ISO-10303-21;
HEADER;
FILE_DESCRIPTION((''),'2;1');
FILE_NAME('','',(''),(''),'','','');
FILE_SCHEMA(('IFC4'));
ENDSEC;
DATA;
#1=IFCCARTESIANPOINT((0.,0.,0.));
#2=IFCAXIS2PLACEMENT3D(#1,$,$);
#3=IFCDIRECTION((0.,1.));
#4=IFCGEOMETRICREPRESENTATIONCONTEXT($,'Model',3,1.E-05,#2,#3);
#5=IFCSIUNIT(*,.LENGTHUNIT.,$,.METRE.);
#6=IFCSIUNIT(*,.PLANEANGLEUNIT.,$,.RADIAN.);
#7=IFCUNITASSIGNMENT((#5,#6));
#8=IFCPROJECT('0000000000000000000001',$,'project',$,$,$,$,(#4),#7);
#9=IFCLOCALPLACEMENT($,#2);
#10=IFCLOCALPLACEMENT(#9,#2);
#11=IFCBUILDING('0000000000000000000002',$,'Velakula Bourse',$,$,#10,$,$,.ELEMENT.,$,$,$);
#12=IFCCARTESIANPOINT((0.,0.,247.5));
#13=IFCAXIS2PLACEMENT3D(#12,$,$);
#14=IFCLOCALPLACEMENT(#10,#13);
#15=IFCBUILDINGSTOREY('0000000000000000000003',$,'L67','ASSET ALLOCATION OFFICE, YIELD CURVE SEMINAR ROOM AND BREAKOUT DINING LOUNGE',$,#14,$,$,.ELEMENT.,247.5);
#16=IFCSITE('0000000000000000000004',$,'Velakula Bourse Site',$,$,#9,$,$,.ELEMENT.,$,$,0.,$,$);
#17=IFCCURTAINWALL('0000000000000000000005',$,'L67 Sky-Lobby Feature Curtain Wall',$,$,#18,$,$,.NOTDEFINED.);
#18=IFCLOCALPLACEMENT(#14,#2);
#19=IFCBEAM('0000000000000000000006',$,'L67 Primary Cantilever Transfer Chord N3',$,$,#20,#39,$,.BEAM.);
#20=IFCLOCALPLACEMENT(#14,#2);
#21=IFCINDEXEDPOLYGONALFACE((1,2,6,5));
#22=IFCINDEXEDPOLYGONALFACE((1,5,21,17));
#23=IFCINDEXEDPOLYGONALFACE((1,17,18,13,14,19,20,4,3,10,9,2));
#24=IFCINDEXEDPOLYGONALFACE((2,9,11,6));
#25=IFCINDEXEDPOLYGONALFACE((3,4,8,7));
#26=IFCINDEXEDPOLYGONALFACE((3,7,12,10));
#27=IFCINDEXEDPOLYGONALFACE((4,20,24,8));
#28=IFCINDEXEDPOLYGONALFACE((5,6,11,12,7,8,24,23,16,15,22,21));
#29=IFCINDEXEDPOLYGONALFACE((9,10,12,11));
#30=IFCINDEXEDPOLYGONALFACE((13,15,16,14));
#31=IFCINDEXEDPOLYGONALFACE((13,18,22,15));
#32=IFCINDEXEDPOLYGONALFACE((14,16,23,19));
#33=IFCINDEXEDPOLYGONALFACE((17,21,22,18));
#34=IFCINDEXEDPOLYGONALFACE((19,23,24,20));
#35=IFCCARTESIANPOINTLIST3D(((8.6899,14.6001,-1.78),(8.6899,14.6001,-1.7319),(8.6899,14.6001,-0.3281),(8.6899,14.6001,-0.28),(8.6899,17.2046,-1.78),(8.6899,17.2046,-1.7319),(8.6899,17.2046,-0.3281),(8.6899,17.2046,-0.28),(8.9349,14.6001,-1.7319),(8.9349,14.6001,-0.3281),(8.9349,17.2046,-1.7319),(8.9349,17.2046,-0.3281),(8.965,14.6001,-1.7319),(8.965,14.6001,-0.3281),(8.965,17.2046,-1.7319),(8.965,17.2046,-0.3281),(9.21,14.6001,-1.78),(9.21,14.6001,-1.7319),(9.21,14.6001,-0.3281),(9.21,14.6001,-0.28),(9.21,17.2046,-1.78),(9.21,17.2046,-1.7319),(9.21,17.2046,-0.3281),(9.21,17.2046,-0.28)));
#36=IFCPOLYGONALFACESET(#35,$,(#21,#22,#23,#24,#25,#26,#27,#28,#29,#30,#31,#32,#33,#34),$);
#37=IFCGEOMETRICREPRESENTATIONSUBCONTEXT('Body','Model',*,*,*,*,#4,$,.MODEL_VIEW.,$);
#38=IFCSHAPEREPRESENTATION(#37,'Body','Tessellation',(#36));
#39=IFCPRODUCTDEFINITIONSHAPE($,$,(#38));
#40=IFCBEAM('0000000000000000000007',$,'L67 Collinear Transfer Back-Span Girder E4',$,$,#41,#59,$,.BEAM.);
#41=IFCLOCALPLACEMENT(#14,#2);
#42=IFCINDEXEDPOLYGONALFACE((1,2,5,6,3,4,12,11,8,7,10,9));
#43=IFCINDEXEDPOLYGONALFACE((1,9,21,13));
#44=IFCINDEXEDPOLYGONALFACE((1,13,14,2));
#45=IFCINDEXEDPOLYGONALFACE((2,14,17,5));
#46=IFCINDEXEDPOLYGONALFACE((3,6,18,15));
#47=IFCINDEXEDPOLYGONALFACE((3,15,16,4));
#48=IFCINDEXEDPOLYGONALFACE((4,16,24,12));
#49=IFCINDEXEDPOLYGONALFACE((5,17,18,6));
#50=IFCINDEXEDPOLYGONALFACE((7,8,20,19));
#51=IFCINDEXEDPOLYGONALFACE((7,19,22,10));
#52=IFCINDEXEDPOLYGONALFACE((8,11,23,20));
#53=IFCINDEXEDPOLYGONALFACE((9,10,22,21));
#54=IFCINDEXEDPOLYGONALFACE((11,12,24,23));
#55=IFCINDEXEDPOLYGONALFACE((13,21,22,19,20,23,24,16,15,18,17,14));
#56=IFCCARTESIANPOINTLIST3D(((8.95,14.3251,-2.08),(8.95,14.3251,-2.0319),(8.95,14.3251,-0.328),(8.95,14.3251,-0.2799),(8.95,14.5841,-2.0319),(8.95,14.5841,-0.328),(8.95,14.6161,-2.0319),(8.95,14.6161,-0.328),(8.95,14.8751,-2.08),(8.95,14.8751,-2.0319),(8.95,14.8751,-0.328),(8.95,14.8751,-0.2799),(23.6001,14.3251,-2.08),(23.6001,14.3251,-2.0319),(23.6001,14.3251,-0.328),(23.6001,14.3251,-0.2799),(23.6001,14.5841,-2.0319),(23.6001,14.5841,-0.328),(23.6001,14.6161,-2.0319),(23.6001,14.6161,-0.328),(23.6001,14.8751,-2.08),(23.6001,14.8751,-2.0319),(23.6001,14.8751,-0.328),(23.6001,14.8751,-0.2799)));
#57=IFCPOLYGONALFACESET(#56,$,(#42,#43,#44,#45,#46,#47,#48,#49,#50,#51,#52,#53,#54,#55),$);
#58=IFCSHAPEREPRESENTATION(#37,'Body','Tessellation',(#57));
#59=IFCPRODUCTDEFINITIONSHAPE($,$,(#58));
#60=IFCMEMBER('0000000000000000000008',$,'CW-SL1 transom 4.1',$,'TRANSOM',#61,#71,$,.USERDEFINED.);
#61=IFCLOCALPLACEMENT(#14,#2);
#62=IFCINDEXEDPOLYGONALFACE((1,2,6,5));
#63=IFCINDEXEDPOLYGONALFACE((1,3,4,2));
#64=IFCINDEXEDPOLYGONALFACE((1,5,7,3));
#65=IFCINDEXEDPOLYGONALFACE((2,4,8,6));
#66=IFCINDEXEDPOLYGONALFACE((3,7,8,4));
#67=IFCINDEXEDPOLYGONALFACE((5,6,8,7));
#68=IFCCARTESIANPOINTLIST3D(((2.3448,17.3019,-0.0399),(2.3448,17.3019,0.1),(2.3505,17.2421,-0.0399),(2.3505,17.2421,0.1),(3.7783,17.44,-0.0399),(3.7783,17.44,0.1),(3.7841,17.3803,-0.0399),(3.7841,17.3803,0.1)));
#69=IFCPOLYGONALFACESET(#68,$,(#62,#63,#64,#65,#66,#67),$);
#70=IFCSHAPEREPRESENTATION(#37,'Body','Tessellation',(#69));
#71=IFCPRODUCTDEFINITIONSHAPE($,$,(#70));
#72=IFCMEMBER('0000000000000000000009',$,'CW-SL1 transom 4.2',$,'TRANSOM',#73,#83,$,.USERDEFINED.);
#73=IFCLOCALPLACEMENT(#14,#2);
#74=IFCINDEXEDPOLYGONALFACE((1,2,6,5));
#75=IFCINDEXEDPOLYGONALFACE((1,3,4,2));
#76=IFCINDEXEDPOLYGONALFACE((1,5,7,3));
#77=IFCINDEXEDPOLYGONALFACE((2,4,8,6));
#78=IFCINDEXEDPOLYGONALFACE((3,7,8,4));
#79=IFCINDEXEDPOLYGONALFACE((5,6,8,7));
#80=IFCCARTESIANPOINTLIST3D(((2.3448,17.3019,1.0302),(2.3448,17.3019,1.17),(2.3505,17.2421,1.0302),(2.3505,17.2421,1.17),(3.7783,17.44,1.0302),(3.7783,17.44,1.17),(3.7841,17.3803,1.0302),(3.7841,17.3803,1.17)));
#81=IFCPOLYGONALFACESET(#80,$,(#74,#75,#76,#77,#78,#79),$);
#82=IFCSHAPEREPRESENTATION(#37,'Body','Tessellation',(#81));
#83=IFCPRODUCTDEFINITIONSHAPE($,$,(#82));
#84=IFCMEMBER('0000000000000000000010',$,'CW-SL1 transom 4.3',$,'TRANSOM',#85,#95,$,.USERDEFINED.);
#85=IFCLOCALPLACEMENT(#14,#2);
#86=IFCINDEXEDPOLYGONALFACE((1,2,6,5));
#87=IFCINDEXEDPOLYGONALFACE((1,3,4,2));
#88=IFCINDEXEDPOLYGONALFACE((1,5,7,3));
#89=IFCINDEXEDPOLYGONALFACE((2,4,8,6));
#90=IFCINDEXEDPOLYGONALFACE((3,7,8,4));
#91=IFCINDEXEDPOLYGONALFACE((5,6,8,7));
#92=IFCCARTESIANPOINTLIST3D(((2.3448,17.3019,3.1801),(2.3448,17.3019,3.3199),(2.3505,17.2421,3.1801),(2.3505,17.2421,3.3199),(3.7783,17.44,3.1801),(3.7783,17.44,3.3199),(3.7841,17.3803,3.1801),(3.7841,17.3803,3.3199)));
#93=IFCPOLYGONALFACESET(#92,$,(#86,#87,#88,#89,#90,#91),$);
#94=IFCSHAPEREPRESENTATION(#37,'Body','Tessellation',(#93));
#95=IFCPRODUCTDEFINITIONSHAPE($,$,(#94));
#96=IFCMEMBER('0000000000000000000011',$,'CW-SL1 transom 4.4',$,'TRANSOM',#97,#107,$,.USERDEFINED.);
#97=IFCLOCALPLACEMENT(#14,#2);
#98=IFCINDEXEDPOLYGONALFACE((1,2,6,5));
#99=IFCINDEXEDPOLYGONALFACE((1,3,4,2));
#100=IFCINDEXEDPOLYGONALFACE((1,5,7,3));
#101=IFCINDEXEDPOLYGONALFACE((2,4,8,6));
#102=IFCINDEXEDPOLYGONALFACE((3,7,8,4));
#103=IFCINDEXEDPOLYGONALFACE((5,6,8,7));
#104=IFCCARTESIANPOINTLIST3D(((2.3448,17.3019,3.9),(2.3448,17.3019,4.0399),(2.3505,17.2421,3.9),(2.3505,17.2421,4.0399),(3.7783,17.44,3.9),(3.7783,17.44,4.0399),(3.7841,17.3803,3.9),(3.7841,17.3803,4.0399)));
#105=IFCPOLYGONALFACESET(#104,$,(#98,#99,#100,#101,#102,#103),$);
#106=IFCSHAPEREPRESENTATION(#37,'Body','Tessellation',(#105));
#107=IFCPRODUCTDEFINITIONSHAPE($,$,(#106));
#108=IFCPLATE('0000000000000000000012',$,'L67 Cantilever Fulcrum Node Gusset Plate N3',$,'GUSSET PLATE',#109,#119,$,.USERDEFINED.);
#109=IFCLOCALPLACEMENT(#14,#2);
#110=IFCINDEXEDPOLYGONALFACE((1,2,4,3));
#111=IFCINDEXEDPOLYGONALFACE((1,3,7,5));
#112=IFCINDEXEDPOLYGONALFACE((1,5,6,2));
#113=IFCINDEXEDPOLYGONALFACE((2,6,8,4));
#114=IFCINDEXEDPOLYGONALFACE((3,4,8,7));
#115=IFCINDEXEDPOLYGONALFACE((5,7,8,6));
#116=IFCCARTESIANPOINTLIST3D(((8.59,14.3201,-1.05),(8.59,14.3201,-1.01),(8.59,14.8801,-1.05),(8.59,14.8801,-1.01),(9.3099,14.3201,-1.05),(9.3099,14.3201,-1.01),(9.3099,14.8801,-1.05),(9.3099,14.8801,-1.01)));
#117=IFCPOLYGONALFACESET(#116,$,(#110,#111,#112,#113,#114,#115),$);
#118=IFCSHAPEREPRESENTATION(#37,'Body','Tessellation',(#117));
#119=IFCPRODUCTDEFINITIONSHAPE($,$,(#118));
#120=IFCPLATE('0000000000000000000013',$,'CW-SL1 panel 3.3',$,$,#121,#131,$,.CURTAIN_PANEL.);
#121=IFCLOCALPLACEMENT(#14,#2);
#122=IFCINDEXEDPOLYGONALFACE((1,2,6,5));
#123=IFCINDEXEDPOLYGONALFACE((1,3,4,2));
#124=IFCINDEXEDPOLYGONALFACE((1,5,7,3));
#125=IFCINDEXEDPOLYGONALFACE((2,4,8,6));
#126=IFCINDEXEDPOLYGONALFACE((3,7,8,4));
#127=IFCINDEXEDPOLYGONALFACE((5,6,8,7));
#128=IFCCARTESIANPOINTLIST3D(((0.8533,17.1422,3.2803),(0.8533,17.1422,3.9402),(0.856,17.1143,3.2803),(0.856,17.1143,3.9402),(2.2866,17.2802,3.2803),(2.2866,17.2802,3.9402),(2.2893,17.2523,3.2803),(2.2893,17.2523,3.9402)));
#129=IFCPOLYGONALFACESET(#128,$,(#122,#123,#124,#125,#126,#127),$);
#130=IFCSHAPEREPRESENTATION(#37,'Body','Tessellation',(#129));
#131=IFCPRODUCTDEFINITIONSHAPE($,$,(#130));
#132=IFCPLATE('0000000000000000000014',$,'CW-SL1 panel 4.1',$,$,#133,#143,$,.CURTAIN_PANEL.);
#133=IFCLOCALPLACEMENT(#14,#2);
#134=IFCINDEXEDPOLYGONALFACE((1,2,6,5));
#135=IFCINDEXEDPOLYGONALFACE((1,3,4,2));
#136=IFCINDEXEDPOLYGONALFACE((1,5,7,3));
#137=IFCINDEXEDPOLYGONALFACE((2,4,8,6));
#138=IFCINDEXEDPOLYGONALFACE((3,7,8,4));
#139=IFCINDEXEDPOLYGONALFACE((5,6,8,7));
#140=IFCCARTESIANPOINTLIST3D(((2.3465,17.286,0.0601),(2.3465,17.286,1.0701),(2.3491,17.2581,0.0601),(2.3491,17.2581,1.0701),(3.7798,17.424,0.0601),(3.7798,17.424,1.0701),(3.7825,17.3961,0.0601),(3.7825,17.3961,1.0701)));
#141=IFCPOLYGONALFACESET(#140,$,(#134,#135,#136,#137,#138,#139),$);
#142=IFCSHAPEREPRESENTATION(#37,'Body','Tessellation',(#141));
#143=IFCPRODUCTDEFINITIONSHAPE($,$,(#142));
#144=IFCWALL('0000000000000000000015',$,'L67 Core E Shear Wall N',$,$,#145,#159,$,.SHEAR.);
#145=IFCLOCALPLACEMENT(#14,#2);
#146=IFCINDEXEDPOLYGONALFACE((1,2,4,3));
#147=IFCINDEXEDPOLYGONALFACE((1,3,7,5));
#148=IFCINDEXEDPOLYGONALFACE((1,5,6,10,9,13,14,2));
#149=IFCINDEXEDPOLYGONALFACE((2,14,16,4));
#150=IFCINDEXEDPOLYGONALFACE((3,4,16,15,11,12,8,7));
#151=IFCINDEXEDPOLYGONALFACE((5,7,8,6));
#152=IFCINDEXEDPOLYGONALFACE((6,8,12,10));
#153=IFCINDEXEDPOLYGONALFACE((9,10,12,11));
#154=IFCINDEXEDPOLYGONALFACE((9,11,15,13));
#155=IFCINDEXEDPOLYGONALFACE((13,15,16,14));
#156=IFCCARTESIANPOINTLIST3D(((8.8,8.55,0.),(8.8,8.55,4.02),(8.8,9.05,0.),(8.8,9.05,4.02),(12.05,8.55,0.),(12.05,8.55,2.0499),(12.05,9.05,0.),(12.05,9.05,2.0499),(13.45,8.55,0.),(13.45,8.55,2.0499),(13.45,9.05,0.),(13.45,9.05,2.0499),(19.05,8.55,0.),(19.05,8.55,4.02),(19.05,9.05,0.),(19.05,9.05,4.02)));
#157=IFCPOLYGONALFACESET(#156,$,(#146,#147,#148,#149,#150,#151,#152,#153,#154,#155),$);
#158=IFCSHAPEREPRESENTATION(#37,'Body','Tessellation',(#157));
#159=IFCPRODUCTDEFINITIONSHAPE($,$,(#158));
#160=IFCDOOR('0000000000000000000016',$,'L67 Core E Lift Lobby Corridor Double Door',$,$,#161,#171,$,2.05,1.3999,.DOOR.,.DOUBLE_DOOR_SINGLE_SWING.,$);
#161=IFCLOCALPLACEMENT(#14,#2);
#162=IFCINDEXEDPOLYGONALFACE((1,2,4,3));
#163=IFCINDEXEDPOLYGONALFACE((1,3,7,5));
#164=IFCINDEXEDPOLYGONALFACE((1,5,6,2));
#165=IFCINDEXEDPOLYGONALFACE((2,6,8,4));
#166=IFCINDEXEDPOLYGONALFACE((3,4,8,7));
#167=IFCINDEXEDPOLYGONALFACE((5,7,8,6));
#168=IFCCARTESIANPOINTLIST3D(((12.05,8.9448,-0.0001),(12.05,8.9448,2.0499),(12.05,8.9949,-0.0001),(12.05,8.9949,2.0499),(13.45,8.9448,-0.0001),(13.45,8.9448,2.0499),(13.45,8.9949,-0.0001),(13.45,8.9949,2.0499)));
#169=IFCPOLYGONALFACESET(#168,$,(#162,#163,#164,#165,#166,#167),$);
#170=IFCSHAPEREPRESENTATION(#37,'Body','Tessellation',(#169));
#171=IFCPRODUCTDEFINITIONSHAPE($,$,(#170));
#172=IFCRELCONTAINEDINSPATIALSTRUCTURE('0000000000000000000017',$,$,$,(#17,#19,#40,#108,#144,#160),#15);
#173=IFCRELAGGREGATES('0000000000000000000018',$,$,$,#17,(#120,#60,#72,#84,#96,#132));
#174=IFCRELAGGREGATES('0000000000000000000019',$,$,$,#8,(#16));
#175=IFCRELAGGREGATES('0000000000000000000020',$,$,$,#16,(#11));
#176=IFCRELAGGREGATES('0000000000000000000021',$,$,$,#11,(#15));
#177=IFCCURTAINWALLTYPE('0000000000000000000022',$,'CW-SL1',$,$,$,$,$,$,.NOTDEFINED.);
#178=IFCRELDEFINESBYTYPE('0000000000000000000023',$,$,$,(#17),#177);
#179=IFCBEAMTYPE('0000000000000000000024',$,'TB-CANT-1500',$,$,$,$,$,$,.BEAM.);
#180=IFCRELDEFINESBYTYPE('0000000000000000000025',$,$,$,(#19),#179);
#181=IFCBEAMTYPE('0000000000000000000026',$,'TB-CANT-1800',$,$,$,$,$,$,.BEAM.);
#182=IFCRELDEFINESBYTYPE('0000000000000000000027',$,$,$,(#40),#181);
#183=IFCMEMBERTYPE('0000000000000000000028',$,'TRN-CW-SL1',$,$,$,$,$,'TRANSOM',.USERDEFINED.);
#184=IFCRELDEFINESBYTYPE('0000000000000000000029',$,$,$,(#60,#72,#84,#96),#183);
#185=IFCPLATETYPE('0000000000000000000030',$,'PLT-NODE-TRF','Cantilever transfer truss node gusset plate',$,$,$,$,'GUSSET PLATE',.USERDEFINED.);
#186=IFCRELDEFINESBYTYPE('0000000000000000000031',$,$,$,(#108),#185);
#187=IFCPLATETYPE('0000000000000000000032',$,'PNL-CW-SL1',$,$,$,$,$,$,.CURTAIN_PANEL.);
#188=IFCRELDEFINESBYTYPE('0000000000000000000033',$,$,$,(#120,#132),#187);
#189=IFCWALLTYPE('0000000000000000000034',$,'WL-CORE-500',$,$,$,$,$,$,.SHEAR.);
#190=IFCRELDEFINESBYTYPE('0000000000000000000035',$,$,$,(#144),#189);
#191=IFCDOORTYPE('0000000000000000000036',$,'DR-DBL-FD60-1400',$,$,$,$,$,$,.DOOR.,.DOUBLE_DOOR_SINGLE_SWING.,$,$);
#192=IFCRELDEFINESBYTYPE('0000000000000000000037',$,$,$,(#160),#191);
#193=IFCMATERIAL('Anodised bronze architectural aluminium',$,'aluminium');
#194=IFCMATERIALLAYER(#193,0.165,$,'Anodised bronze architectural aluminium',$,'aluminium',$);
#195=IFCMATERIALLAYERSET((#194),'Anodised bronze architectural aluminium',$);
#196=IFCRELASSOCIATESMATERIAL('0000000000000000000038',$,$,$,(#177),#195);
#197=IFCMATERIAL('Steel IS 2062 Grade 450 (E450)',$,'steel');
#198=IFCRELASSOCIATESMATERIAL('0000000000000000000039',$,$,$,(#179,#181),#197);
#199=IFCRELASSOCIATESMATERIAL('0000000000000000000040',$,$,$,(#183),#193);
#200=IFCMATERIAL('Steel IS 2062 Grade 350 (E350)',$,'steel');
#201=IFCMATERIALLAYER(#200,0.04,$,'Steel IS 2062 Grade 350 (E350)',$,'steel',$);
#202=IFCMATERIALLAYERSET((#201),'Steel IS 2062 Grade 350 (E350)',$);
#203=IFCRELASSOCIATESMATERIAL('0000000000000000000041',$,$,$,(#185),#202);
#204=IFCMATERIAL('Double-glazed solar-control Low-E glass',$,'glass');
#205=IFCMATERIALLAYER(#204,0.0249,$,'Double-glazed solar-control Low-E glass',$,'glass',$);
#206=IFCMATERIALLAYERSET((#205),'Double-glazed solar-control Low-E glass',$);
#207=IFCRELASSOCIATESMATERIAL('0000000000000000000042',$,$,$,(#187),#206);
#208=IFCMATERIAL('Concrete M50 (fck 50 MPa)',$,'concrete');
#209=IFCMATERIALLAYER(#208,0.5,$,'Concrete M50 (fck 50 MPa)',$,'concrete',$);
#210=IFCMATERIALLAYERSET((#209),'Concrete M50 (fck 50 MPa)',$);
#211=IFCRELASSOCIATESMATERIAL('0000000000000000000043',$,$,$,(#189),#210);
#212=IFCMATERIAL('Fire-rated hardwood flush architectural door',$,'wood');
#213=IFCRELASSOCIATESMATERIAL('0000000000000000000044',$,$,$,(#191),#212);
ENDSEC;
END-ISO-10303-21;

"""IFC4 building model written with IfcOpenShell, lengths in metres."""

from ifc_helpers import new_model, si_unit, direction, frame, frame_2d, origin, origin_2d, place, context, subcontext, project, spatial, rectangle, i_section, extrude, material, layer, layer_set, material_profile, profile_set, type_object, element, fill, aggregate, save


model = new_model("IFC4")

# Units and contexts
model_context = context("Model", 3, precision=1e-05, world=origin(), true_north=direction((0.0, 1.0)))
body_context = subcontext(model_context, "Body", "Model", "MODEL_VIEW")
ifc_project = project(units=[si_unit("LENGTHUNIT", "METRE"), si_unit("PLANEANGLEUNIT", "RADIAN")], contexts=[model_context])

# Site, building, storey
site_placement = place(None, origin())
site = spatial("IfcSite", under=ifc_project, at=site_placement, Name="Velakula Bourse Site", CompositionType="ELEMENT", RefElevation=0.0)
building_placement = place(site_placement, origin())
building = spatial("IfcBuilding", under=site, at=building_placement, Name="Velakula Bourse", CompositionType="ELEMENT")
storey_placement = place(building_placement, frame((0.0, 0.0, 247.5)))
storey = spatial("IfcBuildingStorey", under=building, at=storey_placement, Name="L67", Description="ASSET ALLOCATION OFFICE, YIELD CURVE SEMINAR ROOM AND BREAKOUT DINING LOUNGE", CompositionType="ELEMENT", Elevation=247.5)

# Shared definitions
ifc_material_1 = material(Name="Concrete M50 (fck 50 MPa)", Category="concrete")
ifc_material_2 = material(Name="Steel IS 2062 Grade 350 (E350)", Category="steel")

# Curtain wall
ifc_material_3 = material(Name="Anodised bronze architectural aluminium", Category="aluminium")
ifc_layer_1 = layer(ifc_material_3, 0.165, Name="Anodised bronze architectural aluminium", Category="aluminium")
ifc_layer_set_1 = layer_set([ifc_layer_1], Name="Anodised bronze architectural aluminium")
curtain_wall_type = type_object("IfcCurtainWallType", Name="CW-SL1", PredefinedType="NOTDEFINED", material=ifc_layer_set_1)
curtain_wall_placement = place(storey_placement, origin())
curtain_wall = element("IfcCurtainWall", 1, at=curtain_wall_placement, inside=storey, type_object=curtain_wall_type, Name="L67 Sky-Lobby Feature Curtain Wall", PredefinedType="NOTDEFINED")

# Beams
ifc_material_4 = material(Name="Steel IS 2062 Grade 450 (E450)", Category="steel")
ifc_material_profile_1 = material_profile(ifc_material_4, i_section(OverallWidth=0.52, OverallDepth=1.5, WebThickness=0.03, FlangeThickness=0.0481, at=origin_2d()), Name="Steel IS 2062 Grade 450 (E450)")
ifc_profile_set_1 = profile_set([ifc_material_profile_1], Name="Steel IS 2062 Grade 450 (E450)")
beam_type_1 = type_object("IfcBeamType", Name="TB-CANT-1500", PredefinedType="BEAM", material=ifc_profile_set_1)
beam_1_placement = place(storey_placement, frame((8.95, 14.6001, -1.03), z_axis=(0.0, 1.0, 0.0), x_axis=(-1.0, 0.0, 0.0)))
element("IfcBeam", 2, at=beam_1_placement, inside=storey, type_object=beam_type_1, Name="L67 Primary Cantilever Transfer Chord N3", PredefinedType="BEAM", context=body_context, shape_type="SweptSolid", body=[
    extrude(i_section(OverallWidth=0.52, OverallDepth=1.5, WebThickness=0.03, FlangeThickness=0.0481, at=origin_2d()), origin(), (0.0, 0.0, 1.0), 2.6045),
])
ifc_material_profile_2 = material_profile(ifc_material_4, i_section(OverallWidth=0.55, OverallDepth=1.8, WebThickness=0.032, FlangeThickness=0.0481, at=origin_2d()), Name="Steel IS 2062 Grade 450 (E450)")
ifc_profile_set_2 = profile_set([ifc_material_profile_2], Name="Steel IS 2062 Grade 450 (E450)")
beam_type_2 = type_object("IfcBeamType", Name="TB-CANT-1800", PredefinedType="BEAM", material=ifc_profile_set_2)
beam_2_placement = place(storey_placement, frame((8.95, 14.6001, -1.1799), z_axis=(1.0, 0.0, 0.0), x_axis=(0.0, 1.0, 0.0)))
element("IfcBeam", 3, at=beam_2_placement, inside=storey, type_object=beam_type_2, Name="L67 Collinear Transfer Back-Span Girder E4", PredefinedType="BEAM", context=body_context, shape_type="SweptSolid", body=[
    extrude(i_section(OverallWidth=0.55, OverallDepth=1.8, WebThickness=0.032, FlangeThickness=0.0481, at=origin_2d()), origin(), (0.0, 0.0, 1.0), 14.6501),
])

# Members
ifc_material_profile_3 = material_profile(ifc_material_3, rectangle(XDim=0.0601, YDim=0.1399, at=origin_2d()), Name="Anodised bronze architectural aluminium")
ifc_profile_set_3 = profile_set([ifc_material_profile_3], Name="Anodised bronze architectural aluminium")
member_type_1 = type_object("IfcMemberType", Name="TRN-CW-SL1", ElementType="TRANSOM", PredefinedType="USERDEFINED", material=ifc_profile_set_3)
member_1_placement = place(storey_placement, frame((2.3477, 17.272, 0.03), z_axis=(0.995387, 0.095945, 0.0), x_axis=(-0.095945, 0.995387, 0.0)))
member_1 = element("IfcMember", 4, at=member_1_placement, type_object=member_type_1, Name="CW-SL1 transom 4.1", ObjectType="TRANSOM", PredefinedType="USERDEFINED", context=body_context, shape_type="SweptSolid", body=[
    extrude(rectangle(XDim=0.0601, YDim=0.1399, at=origin_2d()), origin(), (0.0, 0.0, 1.0), 1.4402),
])
member_2_placement = place(storey_placement, frame((2.3477, 17.272, 1.1001), z_axis=(0.995387, 0.095945, 0.0), x_axis=(-0.095945, 0.995387, 0.0)))
member_2 = element("IfcMember", 5, at=member_2_placement, type_object=member_type_1, Name="CW-SL1 transom 4.2", ObjectType="TRANSOM", PredefinedType="USERDEFINED", context=body_context, shape_type="SweptSolid", body=[
    extrude(rectangle(XDim=0.0601, YDim=0.1399, at=origin_2d()), origin(), (0.0, 0.0, 1.0), 1.4402),
])
member_3_placement = place(storey_placement, frame((2.3477, 17.272, 3.25), z_axis=(0.995387, 0.095945, 0.0), x_axis=(-0.095945, 0.995387, 0.0)))
member_3 = element("IfcMember", 6, at=member_3_placement, type_object=member_type_1, Name="CW-SL1 transom 4.3", ObjectType="TRANSOM", PredefinedType="USERDEFINED", context=body_context, shape_type="SweptSolid", body=[
    extrude(rectangle(XDim=0.0601, YDim=0.1399, at=origin_2d()), origin(), (0.0, 0.0, 1.0), 1.4402),
])
member_4_placement = place(storey_placement, frame((2.3477, 17.272, 3.97), z_axis=(0.995387, 0.095945, 0.0), x_axis=(-0.095945, 0.995387, 0.0)))
member_4 = element("IfcMember", 7, at=member_4_placement, type_object=member_type_1, Name="CW-SL1 transom 4.4", ObjectType="TRANSOM", PredefinedType="USERDEFINED", context=body_context, shape_type="SweptSolid", body=[
    extrude(rectangle(XDim=0.0601, YDim=0.1399, at=origin_2d()), origin(), (0.0, 0.0, 1.0), 1.4402),
])

# Plates
ifc_layer_2 = layer(ifc_material_2, 0.04, Name="Steel IS 2062 Grade 350 (E350)", Category="steel")
ifc_layer_set_2 = layer_set([ifc_layer_2], Name="Steel IS 2062 Grade 350 (E350)")
plate_type_1 = type_object("IfcPlateType", Name="PLT-NODE-TRF", Description="Cantilever transfer truss node gusset plate", ElementType="GUSSET PLATE", PredefinedType="USERDEFINED", material=ifc_layer_set_2)
plate_1_placement = place(storey_placement, frame((8.95, 14.6001, -1.05), z_axis=(0.0, 0.0, 1.0), x_axis=(0.0, 1.0, 0.0)))
element("IfcPlate", 8, at=plate_1_placement, inside=storey, type_object=plate_type_1, Name="L67 Cantilever Fulcrum Node Gusset Plate N3", ObjectType="GUSSET PLATE", PredefinedType="USERDEFINED", context=body_context, shape_type="SweptSolid", body=[
    extrude(rectangle(XDim=0.5601, YDim=0.72, at=origin_2d()), origin(), (0.0, 0.0, 1.0), 0.04),
])
ifc_material_5 = material(Name="Double-glazed solar-control Low-E glass", Category="glass")
ifc_layer_3 = layer(ifc_material_5, 0.0249, Name="Double-glazed solar-control Low-E glass", Category="glass")
ifc_layer_set_3 = layer_set([ifc_layer_3], Name="Double-glazed solar-control Low-E glass")
plate_type_2 = type_object("IfcPlateType", Name="PNL-CW-SL1", PredefinedType="CURTAIN_PANEL", material=ifc_layer_set_3)
plate_2_placement = place(storey_placement, frame((1.5713, 17.1973, 3.2803), z_axis=(0.0, 0.0, 1.0), x_axis=(0.995396, 0.095844, 0.0)))
plate_2 = element("IfcPlate", 9, at=plate_2_placement, type_object=plate_type_2, Name="CW-SL1 panel 3.3", PredefinedType="CURTAIN_PANEL", context=body_context, shape_type="SweptSolid", body=[
    extrude(rectangle(XDim=1.4399, YDim=0.0281, at=origin_2d()), origin(), (0.0, 0.0, 1.0), 0.6599),
])
plate_3_placement = place(storey_placement, frame((3.0645, 17.3411, 0.0601), z_axis=(0.0, 0.0, 1.0), x_axis=(0.995396, 0.095844, 0.0)))
plate_3 = element("IfcPlate", 10, at=plate_3_placement, type_object=plate_type_2, Name="CW-SL1 panel 4.1", PredefinedType="CURTAIN_PANEL", context=body_context, shape_type="SweptSolid", body=[
    extrude(rectangle(XDim=1.4399, YDim=0.0281, at=origin_2d()), origin(), (0.0, 0.0, 1.0), 1.01),
])
aggregate(curtain_wall, [plate_2, member_1, member_2, member_3, member_4, plate_3])

# Wall, opening, door
ifc_layer_4 = layer(ifc_material_1, 0.5, Name="Concrete M50 (fck 50 MPa)", Category="concrete")
ifc_layer_set_4 = layer_set([ifc_layer_4], Name="Concrete M50 (fck 50 MPa)")
wall_type_1 = type_object("IfcWallType", Name="WL-CORE-500", PredefinedType="SHEAR", material=ifc_layer_set_4)
wall_1_placement = place(storey_placement, frame((8.8, 8.8, 0.0), z_axis=(0.0, 0.0, 1.0), x_axis=(1.0, 0.0, 0.0)))
wall_1 = element("IfcWall", 11, at=wall_1_placement, inside=storey, type_object=wall_type_1, Name="L67 Core E Shear Wall N", PredefinedType="SHEAR", context=body_context, shape_type="SweptSolid", body=[
    extrude(rectangle(XDim=10.25, YDim=0.5, at=frame_2d((5.125, 0.0))), origin(), (0.0, 0.0, 1.0), 4.02),
])
opening_placement = place(wall_1_placement, frame((3.25, 0.0, 0.0)))
opening = element("IfcOpeningElement", 12, at=opening_placement, cuts=wall_1, PredefinedType="OPENING", context=body_context, shape_type="SweptSolid", body=[
    extrude(rectangle(XDim=1.3999, YDim=2.05, at=frame_2d((0.7, 1.0249))), frame((0.0, 0.26, 0.0), z_axis=(0.0, -1.0, 0.0), x_axis=(1.0, 0.0, 0.0)), (0.0, 0.0, 1.0), 0.52),
])
ifc_material_6 = material(Name="Fire-rated hardwood flush architectural door", Category="wood")
door_type = type_object("IfcDoorType", Name="DR-DBL-FD60-1400", OperationType="DOUBLE_DOOR_SINGLE_SWING", PredefinedType="DOOR", material=ifc_material_6)
door_placement = place(opening_placement, origin())
door = element("IfcDoor", 13, at=door_placement, inside=storey, type_object=door_type, Name="L67 Core E Lift Lobby Corridor Double Door", OperationType="DOUBLE_DOOR_SINGLE_SWING", OverallHeight=2.05, OverallWidth=1.3999, PredefinedType="DOOR", context=body_context, shape_type="SweptSolid", body=[
    extrude(rectangle(XDim=1.3999, YDim=2.05, at=frame_2d((0.7, 1.0249))), frame((0.0, 0.1948, 0.0), z_axis=(0.0, -1.0, 0.0), x_axis=(1.0, 0.0, 0.0)), (0.0, 0.0, 1.0), 0.05),
])
fill(opening, door)

save(model, "model.ifc")
